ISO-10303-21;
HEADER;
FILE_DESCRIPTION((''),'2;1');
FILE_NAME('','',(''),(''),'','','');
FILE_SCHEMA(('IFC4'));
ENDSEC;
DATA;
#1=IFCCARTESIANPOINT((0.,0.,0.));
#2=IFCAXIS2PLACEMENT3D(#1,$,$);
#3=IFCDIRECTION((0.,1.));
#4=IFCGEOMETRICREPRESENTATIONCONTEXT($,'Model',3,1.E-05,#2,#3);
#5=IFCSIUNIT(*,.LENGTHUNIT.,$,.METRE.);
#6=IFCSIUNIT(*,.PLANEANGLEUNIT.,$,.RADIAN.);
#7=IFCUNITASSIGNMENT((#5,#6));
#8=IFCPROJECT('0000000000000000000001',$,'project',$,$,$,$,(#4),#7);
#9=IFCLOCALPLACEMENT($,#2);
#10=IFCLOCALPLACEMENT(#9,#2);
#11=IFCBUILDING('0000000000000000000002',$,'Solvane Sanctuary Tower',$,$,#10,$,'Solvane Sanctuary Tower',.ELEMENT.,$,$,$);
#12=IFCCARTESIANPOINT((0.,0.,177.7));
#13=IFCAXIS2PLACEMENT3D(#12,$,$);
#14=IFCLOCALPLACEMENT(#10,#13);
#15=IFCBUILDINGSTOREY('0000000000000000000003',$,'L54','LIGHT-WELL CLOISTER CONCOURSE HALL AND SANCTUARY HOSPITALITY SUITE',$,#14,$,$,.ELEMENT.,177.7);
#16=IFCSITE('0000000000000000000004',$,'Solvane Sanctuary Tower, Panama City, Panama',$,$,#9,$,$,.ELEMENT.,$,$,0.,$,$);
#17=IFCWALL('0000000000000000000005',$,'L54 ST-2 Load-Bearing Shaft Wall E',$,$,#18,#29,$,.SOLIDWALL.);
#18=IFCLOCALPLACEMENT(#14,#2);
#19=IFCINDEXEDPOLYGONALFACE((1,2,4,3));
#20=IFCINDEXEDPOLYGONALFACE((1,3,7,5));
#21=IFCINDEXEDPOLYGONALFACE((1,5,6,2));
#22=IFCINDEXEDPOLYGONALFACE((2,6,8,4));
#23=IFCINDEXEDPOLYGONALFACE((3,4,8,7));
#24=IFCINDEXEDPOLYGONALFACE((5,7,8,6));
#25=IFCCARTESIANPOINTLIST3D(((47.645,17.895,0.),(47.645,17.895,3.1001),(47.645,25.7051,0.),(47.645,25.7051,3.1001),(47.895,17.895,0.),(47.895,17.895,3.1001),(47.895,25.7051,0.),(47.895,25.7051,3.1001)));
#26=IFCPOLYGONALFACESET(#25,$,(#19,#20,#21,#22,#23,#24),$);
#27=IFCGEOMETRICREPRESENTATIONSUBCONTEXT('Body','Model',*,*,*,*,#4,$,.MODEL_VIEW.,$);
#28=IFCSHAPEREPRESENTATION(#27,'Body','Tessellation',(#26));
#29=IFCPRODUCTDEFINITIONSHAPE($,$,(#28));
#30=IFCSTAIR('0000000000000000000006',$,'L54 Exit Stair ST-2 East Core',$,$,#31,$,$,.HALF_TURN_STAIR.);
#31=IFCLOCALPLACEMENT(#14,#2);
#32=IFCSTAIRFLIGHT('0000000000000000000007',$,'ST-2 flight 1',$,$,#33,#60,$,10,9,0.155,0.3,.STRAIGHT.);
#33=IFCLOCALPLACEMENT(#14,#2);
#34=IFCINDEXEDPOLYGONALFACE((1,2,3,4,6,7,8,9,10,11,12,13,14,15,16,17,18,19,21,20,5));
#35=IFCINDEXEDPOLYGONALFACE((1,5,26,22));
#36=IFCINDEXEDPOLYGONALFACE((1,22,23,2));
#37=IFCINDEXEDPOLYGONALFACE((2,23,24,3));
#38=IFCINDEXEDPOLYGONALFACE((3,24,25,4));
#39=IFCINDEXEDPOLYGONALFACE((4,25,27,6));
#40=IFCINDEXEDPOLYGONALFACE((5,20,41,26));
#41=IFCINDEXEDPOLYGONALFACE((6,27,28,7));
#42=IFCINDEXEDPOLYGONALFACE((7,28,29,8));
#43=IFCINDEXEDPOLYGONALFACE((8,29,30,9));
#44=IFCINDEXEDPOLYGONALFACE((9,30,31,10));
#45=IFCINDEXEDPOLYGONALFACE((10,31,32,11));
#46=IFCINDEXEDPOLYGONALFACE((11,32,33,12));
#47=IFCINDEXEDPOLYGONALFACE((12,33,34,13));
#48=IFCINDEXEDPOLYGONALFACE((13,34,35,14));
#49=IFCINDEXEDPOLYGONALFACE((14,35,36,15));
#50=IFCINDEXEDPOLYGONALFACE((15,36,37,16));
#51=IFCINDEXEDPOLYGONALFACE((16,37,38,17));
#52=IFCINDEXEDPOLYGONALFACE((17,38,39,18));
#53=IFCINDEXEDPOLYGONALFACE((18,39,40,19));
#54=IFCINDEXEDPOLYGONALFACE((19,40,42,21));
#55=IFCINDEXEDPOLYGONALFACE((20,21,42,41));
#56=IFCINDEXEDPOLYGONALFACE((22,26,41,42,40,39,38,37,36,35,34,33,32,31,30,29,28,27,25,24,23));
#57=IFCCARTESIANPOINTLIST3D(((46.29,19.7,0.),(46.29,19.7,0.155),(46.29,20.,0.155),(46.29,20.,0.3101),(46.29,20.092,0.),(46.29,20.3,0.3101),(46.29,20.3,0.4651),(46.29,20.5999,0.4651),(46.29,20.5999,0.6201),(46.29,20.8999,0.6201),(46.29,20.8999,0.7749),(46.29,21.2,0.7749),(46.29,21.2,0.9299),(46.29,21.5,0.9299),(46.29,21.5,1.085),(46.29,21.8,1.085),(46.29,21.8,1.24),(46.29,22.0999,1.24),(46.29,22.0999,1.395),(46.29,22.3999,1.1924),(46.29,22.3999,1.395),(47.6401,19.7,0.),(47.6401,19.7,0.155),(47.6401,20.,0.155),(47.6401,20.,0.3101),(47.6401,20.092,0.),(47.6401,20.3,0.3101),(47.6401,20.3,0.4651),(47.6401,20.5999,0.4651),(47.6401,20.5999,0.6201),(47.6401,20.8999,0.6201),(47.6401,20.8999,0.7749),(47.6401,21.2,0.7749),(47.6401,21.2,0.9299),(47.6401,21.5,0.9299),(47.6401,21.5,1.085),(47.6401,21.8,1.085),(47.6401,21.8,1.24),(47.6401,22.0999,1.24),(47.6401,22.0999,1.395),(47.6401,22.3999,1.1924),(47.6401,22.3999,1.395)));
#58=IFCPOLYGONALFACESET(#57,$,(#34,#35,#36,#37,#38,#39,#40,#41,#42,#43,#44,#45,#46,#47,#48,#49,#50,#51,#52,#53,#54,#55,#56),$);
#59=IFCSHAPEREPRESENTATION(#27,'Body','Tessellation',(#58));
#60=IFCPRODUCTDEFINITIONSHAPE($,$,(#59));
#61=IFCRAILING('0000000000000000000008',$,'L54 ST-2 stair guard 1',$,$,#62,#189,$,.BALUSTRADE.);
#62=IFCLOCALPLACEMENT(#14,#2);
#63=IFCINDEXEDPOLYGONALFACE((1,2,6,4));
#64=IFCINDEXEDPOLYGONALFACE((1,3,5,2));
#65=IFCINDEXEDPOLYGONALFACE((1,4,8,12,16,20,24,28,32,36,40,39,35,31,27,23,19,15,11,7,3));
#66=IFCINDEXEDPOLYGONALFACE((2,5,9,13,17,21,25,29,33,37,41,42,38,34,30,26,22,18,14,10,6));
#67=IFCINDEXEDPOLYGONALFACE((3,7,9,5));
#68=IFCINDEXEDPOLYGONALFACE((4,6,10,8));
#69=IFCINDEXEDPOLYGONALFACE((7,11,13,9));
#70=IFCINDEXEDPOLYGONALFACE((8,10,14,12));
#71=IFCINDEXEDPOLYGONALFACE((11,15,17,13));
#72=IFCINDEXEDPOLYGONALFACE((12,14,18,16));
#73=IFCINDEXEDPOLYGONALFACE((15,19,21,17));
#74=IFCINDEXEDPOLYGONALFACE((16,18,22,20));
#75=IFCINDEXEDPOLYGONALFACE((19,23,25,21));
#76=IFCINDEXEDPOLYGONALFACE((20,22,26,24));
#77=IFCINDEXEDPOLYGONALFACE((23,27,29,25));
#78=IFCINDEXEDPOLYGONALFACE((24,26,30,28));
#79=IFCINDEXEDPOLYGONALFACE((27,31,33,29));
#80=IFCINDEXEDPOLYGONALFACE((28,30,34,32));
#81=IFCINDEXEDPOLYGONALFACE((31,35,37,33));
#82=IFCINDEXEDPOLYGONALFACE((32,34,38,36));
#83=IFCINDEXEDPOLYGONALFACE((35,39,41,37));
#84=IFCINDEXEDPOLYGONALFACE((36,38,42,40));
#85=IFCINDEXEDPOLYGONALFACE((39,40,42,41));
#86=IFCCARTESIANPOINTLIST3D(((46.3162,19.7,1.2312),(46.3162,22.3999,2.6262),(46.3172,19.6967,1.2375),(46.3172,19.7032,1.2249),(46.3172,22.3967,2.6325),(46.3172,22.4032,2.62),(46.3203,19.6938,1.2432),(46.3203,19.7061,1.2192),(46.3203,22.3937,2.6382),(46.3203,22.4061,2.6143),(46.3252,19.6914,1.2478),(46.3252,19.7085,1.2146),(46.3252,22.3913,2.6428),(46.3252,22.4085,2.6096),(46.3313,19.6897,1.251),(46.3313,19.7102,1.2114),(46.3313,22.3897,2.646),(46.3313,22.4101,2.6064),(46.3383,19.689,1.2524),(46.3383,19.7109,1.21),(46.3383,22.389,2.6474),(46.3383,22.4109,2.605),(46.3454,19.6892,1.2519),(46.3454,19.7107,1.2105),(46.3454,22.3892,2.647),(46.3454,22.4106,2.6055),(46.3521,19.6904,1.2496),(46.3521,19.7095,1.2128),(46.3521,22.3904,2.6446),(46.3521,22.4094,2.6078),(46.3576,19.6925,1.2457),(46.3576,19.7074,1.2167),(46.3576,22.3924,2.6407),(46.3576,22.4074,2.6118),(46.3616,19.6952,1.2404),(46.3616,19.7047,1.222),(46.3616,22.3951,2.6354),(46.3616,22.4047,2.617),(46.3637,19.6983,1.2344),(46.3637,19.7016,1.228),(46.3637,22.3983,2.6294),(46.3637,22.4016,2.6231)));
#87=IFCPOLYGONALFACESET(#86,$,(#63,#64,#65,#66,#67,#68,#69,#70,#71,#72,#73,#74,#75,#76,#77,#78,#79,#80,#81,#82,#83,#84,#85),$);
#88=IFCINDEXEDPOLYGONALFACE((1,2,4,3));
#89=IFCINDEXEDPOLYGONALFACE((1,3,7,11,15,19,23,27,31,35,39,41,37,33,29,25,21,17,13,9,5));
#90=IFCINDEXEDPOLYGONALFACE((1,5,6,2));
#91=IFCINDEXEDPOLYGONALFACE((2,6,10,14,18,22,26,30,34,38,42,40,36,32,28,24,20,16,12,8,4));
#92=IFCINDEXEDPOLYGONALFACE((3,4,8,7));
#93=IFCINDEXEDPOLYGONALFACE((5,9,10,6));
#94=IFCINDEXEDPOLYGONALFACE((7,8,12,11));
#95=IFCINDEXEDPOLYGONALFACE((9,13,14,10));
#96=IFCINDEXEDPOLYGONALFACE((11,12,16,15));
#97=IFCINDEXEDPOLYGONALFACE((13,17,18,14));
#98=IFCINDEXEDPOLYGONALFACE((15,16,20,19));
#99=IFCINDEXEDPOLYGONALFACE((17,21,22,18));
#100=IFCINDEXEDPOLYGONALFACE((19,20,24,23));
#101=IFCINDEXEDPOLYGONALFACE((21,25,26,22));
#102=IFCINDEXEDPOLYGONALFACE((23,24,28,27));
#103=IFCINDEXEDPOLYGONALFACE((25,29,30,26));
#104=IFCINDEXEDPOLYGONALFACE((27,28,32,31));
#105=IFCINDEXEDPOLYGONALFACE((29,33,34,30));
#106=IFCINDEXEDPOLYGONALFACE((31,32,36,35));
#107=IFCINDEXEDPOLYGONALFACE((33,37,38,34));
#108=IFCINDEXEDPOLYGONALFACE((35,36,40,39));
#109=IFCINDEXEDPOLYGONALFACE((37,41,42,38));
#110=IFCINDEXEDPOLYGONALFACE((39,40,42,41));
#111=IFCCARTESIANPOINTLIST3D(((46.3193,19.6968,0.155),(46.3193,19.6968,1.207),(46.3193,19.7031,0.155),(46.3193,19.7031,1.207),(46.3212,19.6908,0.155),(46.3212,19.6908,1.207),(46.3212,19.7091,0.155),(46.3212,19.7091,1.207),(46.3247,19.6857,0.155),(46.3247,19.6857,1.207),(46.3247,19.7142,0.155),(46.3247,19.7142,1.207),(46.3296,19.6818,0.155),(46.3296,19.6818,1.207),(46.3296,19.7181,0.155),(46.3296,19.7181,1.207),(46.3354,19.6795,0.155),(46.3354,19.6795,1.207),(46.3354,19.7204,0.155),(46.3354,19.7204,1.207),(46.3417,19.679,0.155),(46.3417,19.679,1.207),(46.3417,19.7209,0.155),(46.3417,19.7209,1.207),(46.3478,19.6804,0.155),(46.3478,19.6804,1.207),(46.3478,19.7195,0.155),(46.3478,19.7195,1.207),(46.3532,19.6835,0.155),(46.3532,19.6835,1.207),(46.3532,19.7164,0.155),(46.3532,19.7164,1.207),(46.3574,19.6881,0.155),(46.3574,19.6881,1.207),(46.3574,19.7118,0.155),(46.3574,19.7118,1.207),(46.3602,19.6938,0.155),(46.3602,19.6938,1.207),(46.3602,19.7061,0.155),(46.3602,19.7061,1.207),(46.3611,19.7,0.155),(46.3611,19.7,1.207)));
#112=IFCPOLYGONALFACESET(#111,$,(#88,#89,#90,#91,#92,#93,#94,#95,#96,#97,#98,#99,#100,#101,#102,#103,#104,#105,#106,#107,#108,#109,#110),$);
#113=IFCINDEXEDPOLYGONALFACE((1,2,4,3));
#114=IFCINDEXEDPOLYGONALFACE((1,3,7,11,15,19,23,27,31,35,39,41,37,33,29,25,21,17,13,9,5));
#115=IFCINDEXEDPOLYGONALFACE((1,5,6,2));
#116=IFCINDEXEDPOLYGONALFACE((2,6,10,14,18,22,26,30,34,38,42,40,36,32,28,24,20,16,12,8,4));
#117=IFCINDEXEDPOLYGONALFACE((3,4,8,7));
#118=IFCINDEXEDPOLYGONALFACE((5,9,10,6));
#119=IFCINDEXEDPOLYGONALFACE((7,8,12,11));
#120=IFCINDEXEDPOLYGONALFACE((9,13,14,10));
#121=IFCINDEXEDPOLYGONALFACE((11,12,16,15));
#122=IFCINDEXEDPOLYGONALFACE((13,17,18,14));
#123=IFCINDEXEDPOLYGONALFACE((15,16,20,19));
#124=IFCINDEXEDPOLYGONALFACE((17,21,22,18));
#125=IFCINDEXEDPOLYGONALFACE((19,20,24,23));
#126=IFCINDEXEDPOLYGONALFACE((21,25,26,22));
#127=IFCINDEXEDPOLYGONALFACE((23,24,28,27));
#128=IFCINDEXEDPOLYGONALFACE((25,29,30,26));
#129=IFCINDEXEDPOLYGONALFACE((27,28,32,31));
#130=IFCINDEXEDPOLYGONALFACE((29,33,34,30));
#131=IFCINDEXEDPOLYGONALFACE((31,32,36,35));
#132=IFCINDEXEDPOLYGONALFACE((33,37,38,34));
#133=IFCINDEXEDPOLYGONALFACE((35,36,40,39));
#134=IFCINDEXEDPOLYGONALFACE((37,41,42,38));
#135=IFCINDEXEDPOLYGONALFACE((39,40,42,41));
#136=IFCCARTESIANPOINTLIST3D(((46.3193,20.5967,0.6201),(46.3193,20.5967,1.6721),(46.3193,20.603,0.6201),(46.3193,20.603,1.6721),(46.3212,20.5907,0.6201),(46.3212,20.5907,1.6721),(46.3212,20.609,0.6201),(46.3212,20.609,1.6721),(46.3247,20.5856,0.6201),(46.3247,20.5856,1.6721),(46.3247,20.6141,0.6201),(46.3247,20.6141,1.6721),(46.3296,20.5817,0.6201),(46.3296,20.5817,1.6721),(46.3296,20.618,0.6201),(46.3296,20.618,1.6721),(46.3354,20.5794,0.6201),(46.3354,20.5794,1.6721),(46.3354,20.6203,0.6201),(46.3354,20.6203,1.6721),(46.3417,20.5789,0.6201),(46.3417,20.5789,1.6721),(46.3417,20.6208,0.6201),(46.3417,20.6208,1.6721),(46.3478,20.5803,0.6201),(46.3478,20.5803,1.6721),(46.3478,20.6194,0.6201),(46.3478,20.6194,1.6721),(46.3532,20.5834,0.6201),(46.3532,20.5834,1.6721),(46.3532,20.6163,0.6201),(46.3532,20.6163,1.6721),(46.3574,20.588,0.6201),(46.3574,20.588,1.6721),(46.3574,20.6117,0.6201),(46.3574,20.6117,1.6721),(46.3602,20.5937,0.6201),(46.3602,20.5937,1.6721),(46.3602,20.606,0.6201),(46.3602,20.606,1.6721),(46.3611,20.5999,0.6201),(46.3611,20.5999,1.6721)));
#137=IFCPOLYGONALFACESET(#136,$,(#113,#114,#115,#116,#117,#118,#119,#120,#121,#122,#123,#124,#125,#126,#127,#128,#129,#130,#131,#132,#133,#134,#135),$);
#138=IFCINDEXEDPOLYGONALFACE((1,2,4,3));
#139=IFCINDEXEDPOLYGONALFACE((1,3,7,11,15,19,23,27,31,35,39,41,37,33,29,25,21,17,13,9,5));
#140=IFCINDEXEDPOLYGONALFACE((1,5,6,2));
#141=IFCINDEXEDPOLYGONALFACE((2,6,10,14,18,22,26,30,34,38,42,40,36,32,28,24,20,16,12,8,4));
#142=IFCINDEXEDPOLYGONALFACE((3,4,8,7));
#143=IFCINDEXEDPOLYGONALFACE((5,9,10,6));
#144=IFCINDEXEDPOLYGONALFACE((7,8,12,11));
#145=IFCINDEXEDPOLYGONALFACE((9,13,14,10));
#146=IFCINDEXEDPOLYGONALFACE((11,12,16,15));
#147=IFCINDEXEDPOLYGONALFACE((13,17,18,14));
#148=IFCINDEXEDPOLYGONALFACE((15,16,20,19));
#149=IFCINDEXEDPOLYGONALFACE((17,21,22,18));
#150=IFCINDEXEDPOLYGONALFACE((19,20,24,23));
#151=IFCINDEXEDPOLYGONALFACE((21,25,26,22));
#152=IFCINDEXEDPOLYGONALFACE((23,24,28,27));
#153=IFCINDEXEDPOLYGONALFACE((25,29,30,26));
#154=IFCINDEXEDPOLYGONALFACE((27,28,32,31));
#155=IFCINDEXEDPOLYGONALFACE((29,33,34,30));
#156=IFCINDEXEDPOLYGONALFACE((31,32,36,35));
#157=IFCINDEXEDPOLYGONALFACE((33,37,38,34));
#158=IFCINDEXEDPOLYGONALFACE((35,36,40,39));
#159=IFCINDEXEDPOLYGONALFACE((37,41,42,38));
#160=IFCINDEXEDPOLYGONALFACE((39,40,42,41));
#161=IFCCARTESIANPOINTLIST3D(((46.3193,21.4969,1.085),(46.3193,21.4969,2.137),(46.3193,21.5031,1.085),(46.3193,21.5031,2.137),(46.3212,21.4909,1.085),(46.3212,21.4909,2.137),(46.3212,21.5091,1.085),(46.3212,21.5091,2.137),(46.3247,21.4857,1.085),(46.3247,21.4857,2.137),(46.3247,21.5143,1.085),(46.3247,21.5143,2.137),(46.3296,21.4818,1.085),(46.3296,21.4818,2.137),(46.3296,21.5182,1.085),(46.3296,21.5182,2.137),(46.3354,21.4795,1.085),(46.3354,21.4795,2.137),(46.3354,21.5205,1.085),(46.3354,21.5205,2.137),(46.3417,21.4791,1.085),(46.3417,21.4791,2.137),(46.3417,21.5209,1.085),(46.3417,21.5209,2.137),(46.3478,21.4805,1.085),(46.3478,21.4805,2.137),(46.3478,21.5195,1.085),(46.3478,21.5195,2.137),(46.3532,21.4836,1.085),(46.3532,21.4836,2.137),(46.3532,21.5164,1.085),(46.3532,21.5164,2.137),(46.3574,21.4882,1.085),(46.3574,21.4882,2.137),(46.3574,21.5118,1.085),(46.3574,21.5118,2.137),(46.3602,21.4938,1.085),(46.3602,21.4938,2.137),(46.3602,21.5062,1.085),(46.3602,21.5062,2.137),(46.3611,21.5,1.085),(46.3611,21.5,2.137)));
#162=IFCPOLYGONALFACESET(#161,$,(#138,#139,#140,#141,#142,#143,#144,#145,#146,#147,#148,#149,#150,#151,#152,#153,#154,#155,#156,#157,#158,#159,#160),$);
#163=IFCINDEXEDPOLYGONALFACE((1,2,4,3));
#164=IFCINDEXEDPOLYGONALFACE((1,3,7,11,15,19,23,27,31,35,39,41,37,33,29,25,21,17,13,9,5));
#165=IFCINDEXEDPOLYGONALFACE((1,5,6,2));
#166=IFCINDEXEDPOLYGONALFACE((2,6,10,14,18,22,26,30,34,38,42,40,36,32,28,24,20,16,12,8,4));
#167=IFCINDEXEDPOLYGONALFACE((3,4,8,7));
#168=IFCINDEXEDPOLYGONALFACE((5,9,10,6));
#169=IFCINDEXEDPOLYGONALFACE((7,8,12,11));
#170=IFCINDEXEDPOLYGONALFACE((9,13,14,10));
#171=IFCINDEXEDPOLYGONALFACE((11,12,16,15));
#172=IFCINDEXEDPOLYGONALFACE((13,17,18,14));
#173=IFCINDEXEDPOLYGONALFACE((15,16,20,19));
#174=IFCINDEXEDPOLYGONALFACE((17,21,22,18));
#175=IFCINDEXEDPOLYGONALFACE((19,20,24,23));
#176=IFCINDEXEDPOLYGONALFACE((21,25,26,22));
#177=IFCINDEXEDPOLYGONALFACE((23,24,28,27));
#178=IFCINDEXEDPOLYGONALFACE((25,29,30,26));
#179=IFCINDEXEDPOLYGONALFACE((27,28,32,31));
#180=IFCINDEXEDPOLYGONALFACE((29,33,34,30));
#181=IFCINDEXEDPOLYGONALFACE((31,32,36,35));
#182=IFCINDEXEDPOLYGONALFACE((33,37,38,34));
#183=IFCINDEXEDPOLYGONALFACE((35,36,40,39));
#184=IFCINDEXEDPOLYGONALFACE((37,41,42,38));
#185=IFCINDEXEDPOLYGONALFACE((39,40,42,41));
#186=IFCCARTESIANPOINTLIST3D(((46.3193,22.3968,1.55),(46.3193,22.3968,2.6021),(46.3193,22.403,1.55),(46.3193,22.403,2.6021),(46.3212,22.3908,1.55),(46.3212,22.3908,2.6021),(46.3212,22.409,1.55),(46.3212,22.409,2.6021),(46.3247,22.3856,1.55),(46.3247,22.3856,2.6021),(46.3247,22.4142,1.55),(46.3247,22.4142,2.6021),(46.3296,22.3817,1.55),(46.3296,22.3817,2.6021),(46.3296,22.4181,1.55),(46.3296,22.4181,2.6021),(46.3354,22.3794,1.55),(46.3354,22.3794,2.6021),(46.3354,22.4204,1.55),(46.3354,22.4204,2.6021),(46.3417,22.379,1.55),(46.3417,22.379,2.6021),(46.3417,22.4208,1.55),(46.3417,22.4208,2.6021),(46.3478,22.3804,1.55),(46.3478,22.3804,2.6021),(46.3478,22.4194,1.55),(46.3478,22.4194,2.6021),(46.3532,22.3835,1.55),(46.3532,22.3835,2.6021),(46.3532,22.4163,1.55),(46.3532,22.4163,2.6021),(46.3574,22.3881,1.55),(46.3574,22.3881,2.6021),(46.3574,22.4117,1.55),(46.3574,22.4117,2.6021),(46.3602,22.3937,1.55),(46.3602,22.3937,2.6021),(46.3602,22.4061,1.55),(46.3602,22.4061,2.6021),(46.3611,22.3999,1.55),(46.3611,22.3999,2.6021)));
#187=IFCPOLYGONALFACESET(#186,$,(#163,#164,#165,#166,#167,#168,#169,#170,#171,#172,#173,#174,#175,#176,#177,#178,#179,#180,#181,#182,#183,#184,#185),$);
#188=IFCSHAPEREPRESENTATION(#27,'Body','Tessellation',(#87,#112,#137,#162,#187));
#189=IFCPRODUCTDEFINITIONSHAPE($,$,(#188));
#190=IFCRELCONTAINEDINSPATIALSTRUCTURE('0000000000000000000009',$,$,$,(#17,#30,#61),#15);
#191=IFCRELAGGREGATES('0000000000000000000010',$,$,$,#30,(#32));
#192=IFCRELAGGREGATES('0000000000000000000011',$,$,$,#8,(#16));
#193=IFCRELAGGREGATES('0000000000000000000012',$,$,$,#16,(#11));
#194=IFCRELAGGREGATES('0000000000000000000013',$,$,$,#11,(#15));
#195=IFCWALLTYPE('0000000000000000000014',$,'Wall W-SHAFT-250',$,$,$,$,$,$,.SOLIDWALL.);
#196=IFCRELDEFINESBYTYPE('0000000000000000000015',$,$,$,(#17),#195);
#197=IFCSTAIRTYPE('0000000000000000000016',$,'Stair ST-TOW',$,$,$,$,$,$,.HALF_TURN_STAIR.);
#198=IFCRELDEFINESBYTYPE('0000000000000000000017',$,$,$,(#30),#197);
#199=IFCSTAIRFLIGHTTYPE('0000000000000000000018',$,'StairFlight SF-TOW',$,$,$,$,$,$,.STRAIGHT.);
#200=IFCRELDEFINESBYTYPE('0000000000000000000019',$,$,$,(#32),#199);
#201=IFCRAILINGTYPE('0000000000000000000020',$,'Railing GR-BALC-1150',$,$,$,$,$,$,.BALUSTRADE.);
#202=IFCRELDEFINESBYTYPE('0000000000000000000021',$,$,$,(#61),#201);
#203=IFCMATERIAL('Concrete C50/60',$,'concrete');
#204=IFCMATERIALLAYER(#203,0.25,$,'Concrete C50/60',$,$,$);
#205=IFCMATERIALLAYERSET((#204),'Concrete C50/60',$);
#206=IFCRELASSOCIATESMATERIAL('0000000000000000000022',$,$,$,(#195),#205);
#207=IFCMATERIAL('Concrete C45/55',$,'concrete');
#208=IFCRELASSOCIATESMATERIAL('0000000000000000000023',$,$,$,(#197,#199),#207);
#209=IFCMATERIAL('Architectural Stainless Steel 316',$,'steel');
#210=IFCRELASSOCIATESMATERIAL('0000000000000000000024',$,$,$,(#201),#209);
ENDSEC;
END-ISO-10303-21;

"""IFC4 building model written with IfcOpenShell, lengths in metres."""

from ifc_helpers import new_model, si_unit, direction, frame, frame_2d, origin, origin_2d, place, context, subcontext, project, spatial, polyline, rectangle, circle, outline, extrude, material, layer, layer_set, type_object, element, aggregate, save


model = new_model("IFC4")

# Units and contexts
model_context = context("Model", 3, precision=1e-05, world=origin(), true_north=direction((0.0, 1.0)))
body_context = subcontext(model_context, "Body", "Model", "MODEL_VIEW")
ifc_project = project(units=[si_unit("LENGTHUNIT", "METRE"), si_unit("PLANEANGLEUNIT", "RADIAN")], contexts=[model_context])

# Site, building, storey
site_placement = place(None, origin())
site = spatial("IfcSite", under=ifc_project, at=site_placement, Name="Solvane Sanctuary Tower, Panama City, Panama", CompositionType="ELEMENT", RefElevation=0.0)
building_placement = place(site_placement, origin())
building = spatial("IfcBuilding", under=site, at=building_placement, Name="Solvane Sanctuary Tower", LongName="Solvane Sanctuary Tower", CompositionType="ELEMENT")
storey_placement = place(building_placement, frame((0.0, 0.0, 177.7)))
storey = spatial("IfcBuildingStorey", under=building, at=storey_placement, Name="L54", Description="LIGHT-WELL CLOISTER CONCOURSE HALL AND SANCTUARY HOSPITALITY SUITE", CompositionType="ELEMENT", Elevation=177.7)

# Shared definitions
ifc_material_1 = material(Name="Architectural Stainless Steel 316", Category="steel")
ifc_material_2 = material(Name="Concrete C50/60", Category="concrete")

# Shared definitions
ifc_layer_1 = layer(ifc_material_2, 0.25, Name="Concrete C50/60")
ifc_layer_set_1 = layer_set([ifc_layer_1], Name="Concrete C50/60")
wall_type_1 = type_object("IfcWallType", Name="Wall W-SHAFT-250", PredefinedType="SOLIDWALL", material=ifc_layer_set_1)

# Wall
for number, where, z_axis, x_axis, name in (
    (1, (47.77, 17.895, 0.0), (0.0, 0.0, 1.0), (0.0, 1.0, 0.0), "L54 ST-2 Load-Bearing Shaft Wall E"),
):
    element("IfcWall", number, at=place(storey_placement, frame(where, z_axis=z_axis, x_axis=x_axis)), inside=storey, type_object=wall_type_1, Name=name, PredefinedType="SOLIDWALL", context=body_context, shape_type="SweptSolid", body=[
        extrude(rectangle(XDim=7.8101, YDim=0.25, at=frame_2d((3.905, 0.0))), origin(), (0.0, 0.0, 1.0), 3.1001),
    ])

# Stair, stair flight
ifc_material_3 = material(Name="Concrete C45/55", Category="concrete")
stair_type = type_object("IfcStairType", Name="Stair ST-TOW", PredefinedType="HALF_TURN_STAIR", material=ifc_material_3)
stair_placement = place(storey_placement, origin())
stair = element("IfcStair", 2, at=stair_placement, inside=storey, type_object=stair_type, Name="L54 Exit Stair ST-2 East Core", PredefinedType="HALF_TURN_STAIR")
stair_flight_type = type_object("IfcStairFlightType", Name="StairFlight SF-TOW", PredefinedType="STRAIGHT", material=ifc_material_3)
stair_flight_placement = place(storey_placement, frame((46.9651, 19.7, 0.0), z_axis=(0.0, 0.0, 1.0), x_axis=(0.0, 1.0, 0.0)))
stair_flight = element("IfcStairFlight", 3, at=stair_flight_placement, type_object=stair_flight_type, Name="ST-2 flight 1", NumberOfRisers=10, NumberOfTreads=9, PredefinedType="STRAIGHT", RiserHeight=0.155, TreadLength=0.3, context=body_context, shape_type="SweptSolid", body=[
    extrude(outline(polyline([(0.0, 0.0), (0.0, 0.155), (0.3, 0.155), (0.3, 0.3101), (0.6001, 0.3101), (0.6001, 0.4651), (0.8999, 0.4651), (0.8999, 0.6201), (1.2, 0.6201), (1.2, 0.7749), (1.5, 0.7749), (1.5, 0.9299), (1.8, 0.9299), (1.8, 1.085), (2.1001, 1.085), (2.1001, 1.24), (2.3999, 1.24), (2.3999, 1.395), (2.7, 1.395), (2.7, 1.55), (2.7, 1.1924), (0.3921, 0.0), (0.0, 0.0)])), frame((0.0, 0.675, 0.0), z_axis=(0.0, -1.0, 0.0), x_axis=(1.0, 0.0, 0.0)), (0.0, 0.0, 1.0), 1.3501),
])
aggregate(stair, [stair_flight])

# Railing
railing_type_1 = type_object("IfcRailingType", Name="Railing GR-BALC-1150", PredefinedType="BALUSTRADE", material=ifc_material_1)
railing_1_placement = place(storey_placement, frame((46.3401, 19.7, 0.155)))
element("IfcRailing", 4, at=railing_1_placement, inside=storey, type_object=railing_type_1, Name="L54 ST-2 stair guard 1", PredefinedType="BALUSTRADE", context=body_context, shape_type="SweptSolid", body=[
    extrude(circle(Radius=0.0239, at=origin_2d()), frame((0.0, 0.0, 1.0762), z_axis=(0.0, 0.88842, 0.459032), x_axis=(-1.0, 0.0, 0.0)), (0.0, 0.0, 1.0), 3.0391),
    extrude(circle(Radius=0.021, at=origin_2d()), origin(), (0.0, 0.0, 1.0), 1.052),
    extrude(circle(Radius=0.021, at=origin_2d()), frame((0.0, 0.8999, 0.4651)), (0.0, 0.0, 1.0), 1.052),
    extrude(circle(Radius=0.021, at=origin_2d()), frame((0.0, 1.8, 0.9299)), (0.0, 0.0, 1.0), 1.052),
    extrude(circle(Radius=0.021, at=origin_2d()), frame((0.0, 2.7, 1.395)), (0.0, 0.0, 1.0), 1.052),
])

save(model, "model.ifc")
